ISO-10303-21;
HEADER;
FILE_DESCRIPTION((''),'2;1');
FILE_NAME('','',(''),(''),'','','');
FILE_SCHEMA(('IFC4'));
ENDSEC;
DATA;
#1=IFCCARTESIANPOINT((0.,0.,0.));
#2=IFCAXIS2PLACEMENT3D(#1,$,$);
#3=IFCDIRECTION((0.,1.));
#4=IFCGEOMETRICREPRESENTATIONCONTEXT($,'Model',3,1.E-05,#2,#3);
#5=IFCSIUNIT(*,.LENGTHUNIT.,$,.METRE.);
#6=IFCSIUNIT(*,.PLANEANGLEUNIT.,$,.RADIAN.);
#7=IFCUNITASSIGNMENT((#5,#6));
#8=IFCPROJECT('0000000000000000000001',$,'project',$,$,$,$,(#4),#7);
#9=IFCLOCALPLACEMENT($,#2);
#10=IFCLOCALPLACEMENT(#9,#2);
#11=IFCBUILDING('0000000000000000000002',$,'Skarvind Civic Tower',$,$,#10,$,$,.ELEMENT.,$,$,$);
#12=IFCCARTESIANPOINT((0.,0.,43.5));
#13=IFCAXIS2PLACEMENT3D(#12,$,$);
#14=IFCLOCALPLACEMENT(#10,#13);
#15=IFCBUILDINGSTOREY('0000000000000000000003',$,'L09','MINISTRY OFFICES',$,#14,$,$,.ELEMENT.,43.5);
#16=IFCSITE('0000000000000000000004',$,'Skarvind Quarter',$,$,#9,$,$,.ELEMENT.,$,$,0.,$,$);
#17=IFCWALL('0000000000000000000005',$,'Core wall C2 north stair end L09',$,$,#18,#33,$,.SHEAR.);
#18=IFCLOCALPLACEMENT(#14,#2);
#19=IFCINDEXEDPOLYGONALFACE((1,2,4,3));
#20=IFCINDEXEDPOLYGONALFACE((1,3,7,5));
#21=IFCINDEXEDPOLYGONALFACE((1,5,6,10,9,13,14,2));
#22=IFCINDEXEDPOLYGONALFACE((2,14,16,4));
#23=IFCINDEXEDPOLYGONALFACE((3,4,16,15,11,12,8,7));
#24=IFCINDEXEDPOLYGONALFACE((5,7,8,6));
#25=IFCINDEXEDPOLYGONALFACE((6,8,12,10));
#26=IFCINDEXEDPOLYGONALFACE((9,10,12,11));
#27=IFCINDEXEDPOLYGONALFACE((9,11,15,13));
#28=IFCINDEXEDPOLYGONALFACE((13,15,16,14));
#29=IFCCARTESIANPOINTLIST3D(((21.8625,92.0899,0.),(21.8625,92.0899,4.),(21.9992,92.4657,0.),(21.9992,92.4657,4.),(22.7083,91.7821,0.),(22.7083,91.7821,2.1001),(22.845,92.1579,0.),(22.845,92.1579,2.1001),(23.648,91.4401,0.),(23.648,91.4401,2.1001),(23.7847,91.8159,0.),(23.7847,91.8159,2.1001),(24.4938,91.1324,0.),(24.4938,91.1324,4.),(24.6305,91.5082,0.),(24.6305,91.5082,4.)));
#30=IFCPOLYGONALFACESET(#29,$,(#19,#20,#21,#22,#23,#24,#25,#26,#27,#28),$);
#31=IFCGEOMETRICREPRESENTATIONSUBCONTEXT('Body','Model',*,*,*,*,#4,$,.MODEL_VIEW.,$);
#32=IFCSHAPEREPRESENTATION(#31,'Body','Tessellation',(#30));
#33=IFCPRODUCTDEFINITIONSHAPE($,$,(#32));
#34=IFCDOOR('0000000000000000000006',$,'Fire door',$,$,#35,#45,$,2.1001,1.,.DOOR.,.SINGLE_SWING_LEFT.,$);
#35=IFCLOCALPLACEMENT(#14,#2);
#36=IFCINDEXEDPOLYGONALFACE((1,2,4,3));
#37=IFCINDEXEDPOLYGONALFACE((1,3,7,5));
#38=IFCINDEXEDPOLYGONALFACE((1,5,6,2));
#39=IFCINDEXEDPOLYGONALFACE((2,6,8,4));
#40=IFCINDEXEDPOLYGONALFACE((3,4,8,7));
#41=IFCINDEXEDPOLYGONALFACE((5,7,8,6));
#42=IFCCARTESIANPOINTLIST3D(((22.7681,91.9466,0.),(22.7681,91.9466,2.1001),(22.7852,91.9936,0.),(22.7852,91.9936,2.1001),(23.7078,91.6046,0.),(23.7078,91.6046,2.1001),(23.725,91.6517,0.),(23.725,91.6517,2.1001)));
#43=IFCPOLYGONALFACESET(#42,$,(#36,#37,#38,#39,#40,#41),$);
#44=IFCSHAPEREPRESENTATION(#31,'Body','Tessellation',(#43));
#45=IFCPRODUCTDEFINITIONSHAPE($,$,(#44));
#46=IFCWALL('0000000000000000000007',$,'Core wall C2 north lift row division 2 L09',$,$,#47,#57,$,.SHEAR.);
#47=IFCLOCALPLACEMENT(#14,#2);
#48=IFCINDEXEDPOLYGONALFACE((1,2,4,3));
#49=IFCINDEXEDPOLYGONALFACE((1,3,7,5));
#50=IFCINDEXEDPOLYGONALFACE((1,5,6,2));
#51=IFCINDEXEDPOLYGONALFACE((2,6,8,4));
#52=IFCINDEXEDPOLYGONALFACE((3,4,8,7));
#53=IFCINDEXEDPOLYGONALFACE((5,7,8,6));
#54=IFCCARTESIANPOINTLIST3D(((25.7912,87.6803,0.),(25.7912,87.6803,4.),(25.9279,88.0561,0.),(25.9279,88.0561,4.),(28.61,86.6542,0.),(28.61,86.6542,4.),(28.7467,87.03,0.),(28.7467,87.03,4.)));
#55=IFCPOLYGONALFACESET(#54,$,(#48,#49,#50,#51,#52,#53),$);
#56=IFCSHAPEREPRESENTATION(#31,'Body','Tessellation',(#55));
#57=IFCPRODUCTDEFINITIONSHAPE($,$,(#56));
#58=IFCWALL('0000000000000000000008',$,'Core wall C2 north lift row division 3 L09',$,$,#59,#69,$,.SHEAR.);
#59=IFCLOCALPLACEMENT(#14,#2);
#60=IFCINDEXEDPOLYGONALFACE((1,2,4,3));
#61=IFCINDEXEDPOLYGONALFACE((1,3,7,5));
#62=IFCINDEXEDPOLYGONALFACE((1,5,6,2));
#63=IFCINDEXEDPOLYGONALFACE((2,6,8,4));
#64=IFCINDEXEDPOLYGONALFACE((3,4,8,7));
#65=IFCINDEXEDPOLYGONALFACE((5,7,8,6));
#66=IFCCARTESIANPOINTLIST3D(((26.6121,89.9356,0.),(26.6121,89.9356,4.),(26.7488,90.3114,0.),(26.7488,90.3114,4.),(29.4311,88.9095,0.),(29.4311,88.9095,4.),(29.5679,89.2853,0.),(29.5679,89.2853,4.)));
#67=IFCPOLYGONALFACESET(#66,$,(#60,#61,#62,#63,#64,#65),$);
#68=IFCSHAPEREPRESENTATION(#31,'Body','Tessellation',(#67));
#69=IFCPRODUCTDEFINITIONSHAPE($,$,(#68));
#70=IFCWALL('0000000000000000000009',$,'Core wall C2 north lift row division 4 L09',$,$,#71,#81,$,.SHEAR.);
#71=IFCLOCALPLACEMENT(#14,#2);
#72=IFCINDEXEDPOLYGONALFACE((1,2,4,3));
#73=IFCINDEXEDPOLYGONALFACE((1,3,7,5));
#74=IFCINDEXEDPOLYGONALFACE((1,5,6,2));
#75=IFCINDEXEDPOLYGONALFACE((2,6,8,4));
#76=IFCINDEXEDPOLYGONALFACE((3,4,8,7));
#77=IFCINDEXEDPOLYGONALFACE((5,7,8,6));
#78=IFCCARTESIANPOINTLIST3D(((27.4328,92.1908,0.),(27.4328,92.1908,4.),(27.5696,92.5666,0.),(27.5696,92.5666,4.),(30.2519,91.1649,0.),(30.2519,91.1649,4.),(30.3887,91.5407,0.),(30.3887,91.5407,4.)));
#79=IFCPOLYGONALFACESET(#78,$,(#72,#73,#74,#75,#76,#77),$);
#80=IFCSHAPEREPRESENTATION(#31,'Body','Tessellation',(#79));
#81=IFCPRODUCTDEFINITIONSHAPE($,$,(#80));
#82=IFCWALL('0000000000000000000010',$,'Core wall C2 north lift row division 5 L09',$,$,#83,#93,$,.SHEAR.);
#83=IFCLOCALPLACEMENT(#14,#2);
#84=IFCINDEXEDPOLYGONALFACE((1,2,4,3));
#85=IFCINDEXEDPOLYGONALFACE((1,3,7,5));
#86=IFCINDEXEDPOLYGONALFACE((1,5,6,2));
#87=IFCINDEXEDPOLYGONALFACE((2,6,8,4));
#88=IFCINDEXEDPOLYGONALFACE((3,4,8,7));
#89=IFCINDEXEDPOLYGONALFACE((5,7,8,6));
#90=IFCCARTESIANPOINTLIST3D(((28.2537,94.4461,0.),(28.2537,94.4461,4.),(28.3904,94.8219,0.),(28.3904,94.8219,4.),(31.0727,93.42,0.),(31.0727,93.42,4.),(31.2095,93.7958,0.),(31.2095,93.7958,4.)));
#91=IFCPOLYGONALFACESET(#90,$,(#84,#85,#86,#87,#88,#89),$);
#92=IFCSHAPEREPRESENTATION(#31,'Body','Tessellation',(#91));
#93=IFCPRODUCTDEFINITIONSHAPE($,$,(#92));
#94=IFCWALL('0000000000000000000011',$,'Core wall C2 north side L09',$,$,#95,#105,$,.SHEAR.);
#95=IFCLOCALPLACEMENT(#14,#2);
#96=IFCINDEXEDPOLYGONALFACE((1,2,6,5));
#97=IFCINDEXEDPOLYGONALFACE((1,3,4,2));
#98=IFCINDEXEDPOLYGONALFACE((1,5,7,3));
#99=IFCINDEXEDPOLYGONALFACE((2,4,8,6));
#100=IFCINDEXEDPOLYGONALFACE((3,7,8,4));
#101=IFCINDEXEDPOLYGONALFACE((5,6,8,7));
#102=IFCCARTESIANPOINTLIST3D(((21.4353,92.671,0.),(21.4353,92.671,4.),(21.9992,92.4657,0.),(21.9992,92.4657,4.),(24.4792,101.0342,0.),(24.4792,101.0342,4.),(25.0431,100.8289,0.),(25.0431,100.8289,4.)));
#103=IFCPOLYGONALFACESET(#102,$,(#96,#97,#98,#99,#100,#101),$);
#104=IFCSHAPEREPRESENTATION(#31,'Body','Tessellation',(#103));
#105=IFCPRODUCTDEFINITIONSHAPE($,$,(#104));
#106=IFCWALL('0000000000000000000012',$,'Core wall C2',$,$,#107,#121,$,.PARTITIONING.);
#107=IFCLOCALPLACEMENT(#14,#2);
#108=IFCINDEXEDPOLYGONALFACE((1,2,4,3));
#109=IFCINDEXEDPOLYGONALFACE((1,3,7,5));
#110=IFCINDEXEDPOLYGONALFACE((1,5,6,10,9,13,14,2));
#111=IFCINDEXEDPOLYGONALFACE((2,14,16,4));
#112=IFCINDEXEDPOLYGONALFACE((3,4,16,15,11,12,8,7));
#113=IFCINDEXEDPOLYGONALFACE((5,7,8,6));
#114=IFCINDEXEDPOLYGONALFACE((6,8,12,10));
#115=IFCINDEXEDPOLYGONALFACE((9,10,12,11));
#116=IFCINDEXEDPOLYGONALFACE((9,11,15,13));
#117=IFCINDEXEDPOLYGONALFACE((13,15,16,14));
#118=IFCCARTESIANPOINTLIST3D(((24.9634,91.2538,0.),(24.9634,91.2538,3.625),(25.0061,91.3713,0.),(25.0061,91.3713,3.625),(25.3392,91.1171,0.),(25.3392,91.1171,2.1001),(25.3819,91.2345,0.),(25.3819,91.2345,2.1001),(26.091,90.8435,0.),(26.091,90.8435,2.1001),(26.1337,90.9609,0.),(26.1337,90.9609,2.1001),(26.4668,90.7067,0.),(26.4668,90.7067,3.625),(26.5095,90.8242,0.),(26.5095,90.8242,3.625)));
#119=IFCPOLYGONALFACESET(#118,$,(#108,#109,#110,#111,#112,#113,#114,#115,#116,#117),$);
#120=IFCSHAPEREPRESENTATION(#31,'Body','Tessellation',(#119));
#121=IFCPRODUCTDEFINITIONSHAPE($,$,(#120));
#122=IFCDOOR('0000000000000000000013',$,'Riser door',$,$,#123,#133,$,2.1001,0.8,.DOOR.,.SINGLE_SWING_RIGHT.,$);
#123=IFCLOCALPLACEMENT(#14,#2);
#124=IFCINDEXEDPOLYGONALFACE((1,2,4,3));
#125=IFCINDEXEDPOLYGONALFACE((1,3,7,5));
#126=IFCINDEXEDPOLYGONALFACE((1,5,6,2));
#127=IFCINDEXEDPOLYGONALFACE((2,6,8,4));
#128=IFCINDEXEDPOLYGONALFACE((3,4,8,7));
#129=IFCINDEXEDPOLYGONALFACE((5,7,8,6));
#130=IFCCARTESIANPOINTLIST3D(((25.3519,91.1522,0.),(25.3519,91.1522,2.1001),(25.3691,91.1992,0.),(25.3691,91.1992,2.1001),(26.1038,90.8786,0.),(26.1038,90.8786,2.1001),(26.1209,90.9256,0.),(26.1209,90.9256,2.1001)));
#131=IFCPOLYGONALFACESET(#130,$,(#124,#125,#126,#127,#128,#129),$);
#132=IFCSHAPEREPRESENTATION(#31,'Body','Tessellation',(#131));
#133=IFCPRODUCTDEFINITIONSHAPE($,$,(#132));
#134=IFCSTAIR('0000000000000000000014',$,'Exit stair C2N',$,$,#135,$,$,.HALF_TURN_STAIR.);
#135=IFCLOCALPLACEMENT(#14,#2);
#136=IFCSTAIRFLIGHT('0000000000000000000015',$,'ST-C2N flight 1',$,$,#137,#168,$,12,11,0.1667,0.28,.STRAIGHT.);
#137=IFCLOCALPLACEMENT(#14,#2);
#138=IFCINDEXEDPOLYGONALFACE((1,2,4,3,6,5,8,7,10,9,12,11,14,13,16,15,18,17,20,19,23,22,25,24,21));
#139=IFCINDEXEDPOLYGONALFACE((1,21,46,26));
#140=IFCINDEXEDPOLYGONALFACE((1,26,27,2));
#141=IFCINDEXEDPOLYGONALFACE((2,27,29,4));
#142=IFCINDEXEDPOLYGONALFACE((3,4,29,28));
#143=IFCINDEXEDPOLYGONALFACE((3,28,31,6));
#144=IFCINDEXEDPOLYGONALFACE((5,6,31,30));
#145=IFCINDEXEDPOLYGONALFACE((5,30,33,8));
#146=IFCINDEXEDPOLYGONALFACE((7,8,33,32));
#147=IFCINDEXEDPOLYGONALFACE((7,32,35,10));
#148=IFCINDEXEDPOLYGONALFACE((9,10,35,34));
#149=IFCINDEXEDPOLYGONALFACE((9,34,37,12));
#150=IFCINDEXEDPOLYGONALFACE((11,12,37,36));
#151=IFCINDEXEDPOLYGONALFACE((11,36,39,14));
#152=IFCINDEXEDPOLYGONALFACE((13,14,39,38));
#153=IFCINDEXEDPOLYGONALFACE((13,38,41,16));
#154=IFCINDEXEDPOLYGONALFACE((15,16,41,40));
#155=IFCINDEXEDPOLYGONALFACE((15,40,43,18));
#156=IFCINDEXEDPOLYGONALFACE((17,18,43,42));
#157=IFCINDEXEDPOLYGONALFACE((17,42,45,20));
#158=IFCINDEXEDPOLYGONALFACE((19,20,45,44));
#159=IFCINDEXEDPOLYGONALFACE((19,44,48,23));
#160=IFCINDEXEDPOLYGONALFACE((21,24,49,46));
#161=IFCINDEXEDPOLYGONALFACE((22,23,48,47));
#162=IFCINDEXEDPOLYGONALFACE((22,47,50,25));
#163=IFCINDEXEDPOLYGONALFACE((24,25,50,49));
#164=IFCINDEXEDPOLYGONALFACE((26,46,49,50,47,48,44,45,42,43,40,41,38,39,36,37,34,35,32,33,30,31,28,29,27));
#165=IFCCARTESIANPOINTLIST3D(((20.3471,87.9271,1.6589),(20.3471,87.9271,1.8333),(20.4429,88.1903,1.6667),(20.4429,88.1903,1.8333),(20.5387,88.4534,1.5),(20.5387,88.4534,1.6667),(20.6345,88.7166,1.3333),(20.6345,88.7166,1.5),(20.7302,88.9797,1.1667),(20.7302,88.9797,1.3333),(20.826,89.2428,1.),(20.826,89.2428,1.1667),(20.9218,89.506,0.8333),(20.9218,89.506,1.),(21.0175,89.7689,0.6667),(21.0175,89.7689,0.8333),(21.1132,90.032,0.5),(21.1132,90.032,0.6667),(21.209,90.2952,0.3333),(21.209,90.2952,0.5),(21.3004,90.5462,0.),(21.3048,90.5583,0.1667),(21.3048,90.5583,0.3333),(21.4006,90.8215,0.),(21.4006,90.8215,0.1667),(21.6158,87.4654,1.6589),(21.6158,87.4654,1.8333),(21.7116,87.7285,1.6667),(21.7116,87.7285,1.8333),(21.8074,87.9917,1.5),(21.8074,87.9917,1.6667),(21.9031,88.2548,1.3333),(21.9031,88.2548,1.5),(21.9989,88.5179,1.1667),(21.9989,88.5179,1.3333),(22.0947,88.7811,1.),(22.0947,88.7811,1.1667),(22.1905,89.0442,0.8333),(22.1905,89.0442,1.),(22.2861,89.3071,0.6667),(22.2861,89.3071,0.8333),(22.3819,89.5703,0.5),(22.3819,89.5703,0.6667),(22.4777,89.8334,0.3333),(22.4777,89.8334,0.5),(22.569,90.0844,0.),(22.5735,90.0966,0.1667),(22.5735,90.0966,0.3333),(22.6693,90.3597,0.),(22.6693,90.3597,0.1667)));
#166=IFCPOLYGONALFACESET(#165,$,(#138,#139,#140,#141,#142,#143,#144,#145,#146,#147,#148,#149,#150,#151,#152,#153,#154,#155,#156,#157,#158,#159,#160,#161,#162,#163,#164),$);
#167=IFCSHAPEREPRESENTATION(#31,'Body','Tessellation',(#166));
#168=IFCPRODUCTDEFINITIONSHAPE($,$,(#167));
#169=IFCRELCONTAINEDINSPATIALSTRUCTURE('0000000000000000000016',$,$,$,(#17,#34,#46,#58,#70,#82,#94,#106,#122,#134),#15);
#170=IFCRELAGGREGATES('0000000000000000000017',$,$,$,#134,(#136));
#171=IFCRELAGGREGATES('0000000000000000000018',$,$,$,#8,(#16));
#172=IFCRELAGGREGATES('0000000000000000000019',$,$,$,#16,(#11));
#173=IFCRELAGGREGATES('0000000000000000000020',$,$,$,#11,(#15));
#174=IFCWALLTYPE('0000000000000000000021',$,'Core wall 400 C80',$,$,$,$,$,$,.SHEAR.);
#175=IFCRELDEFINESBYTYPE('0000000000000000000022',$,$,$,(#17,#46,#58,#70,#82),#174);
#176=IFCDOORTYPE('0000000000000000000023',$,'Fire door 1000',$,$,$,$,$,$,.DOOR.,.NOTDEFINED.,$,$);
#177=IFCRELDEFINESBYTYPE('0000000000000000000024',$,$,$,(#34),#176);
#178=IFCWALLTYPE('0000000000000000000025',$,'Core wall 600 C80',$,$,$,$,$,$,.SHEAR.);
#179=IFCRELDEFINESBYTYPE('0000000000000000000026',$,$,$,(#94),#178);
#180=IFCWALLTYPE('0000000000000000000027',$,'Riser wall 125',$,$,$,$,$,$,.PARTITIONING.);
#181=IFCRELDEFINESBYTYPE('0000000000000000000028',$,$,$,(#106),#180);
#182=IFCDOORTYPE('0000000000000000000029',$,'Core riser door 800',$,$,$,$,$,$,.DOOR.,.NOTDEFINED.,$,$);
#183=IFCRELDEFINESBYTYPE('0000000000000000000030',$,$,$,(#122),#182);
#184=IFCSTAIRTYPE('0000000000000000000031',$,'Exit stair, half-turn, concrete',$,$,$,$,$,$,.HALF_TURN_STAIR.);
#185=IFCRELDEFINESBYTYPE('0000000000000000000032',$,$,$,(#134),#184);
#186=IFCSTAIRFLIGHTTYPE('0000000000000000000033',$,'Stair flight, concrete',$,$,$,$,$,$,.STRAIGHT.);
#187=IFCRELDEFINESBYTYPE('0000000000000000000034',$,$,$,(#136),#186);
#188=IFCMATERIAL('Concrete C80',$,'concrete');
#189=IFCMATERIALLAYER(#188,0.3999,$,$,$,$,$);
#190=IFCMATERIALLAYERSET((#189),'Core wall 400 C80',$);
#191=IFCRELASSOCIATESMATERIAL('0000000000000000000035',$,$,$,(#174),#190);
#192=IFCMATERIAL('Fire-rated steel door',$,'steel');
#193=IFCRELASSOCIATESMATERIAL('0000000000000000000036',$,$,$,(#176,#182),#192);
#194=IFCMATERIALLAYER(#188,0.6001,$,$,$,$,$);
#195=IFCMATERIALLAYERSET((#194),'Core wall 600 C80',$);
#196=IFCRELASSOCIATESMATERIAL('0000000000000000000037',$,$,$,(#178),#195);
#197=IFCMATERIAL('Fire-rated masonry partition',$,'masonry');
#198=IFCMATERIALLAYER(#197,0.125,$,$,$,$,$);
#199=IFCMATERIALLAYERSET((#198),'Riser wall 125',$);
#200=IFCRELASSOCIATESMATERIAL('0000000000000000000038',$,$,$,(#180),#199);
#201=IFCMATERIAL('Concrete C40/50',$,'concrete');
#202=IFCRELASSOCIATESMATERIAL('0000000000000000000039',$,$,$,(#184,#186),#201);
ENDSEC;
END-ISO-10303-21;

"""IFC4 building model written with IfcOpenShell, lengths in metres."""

from ifc_helpers import new_model, si_unit, direction, frame, frame_2d, origin, place, context, subcontext, project, spatial, polyline, rectangle, outline, extrude, material, layer, layer_set, type_object, element, fill, aggregate, save


model = new_model("IFC4")

# Units and contexts
model_context = context("Model", 3, precision=1e-05, world=origin(), true_north=direction((0.0, 1.0)))
body_context = subcontext(model_context, "Body", "Model", "MODEL_VIEW")
ifc_project = project(units=[si_unit("LENGTHUNIT", "METRE"), si_unit("PLANEANGLEUNIT", "RADIAN")], contexts=[model_context])

# Site, building, storey
site_placement = place(None, origin())
site = spatial("IfcSite", under=ifc_project, at=site_placement, Name="Skarvind Quarter", CompositionType="ELEMENT", RefElevation=0.0)
building_placement = place(site_placement, origin())
building = spatial("IfcBuilding", under=site, at=building_placement, Name="Skarvind Civic Tower", CompositionType="ELEMENT")
storey_placement = place(building_placement, frame((0.0, 0.0, 43.5)))
storey = spatial("IfcBuildingStorey", under=building, at=storey_placement, Name="L09", Description="MINISTRY OFFICES", CompositionType="ELEMENT", Elevation=43.5)

# Wall, opening, door
ifc_material_1 = material(Name="Concrete C80", Category="concrete")
ifc_layer_1 = layer(ifc_material_1, 0.3999)
ifc_layer_set_1 = layer_set([ifc_layer_1], Name="Core wall 400 C80")
wall_type_1 = type_object("IfcWallType", Name="Core wall 400 C80", PredefinedType="SHEAR", material=ifc_layer_set_1)
wall_1_placement = place(storey_placement, frame((24.562, 91.3203, 0.0), z_axis=(0.0, 0.0, 1.0), x_axis=(-0.939717, 0.341953, 0.0)))
wall_1 = element("IfcWall", 1, at=wall_1_placement, inside=storey, type_object=wall_type_1, Name="Core wall C2 north stair end L09", PredefinedType="SHEAR", context=body_context, shape_type="SweptSolid", body=[
    extrude(rectangle(XDim=2.8, YDim=0.3999, at=frame_2d((1.3999, 0.0))), origin(), (0.0, 0.0, 1.0), 4.0),
])
opening_1_placement = place(wall_1_placement, frame((0.8999, 0.0, 0.0)))
opening_1 = element("IfcOpeningElement", 2, at=opening_1_placement, cuts=wall_1, PredefinedType="OPENING", context=body_context, shape_type="SweptSolid", body=[
    extrude(rectangle(XDim=1.0, YDim=2.1001, at=frame_2d((0.5, 1.05))), frame((0.0, 0.21, 0.0), z_axis=(0.0, -1.0, 0.0), x_axis=(1.0, 0.0, 0.0)), (0.0, 0.0, 1.0), 0.4199),
])
ifc_material_2 = material(Name="Fire-rated steel door", Category="steel")
door_type_1 = type_object("IfcDoorType", Name="Fire door 1000", OperationType="NOTDEFINED", PredefinedType="DOOR", material=ifc_material_2)
door_1_placement = place(opening_1_placement, origin())
door_1 = element("IfcDoor", 3, at=door_1_placement, inside=storey, type_object=door_type_1, Name="Fire door", OperationType="SINGLE_SWING_LEFT", OverallHeight=2.1001, OverallWidth=1.0, PredefinedType="DOOR", context=body_context, shape_type="SweptSolid", body=[
    extrude(rectangle(XDim=1.0, YDim=2.1001, at=frame_2d((0.5, 1.05))), frame((0.0, 0.0249, 0.0), z_axis=(0.0, -1.0, 0.0), x_axis=(1.0, 0.0, 0.0)), (0.0, 0.0, 1.0), 0.05),
])
fill(opening_1, door_1)

# Walls
wall_2_placement = place(storey_placement, frame((28.6785, 86.842, 0.0), z_axis=(0.0, 0.0, 1.0), x_axis=(-0.939677, 0.342063, 0.0)))
element("IfcWall", 4, at=wall_2_placement, inside=storey, type_object=wall_type_1, Name="Core wall C2 north lift row division 2 L09", PredefinedType="SHEAR", context=body_context, shape_type="SweptSolid", body=[
    extrude(rectangle(XDim=2.9998, YDim=0.3999, at=frame_2d((1.5, 0.0))), origin(), (0.0, 0.0, 1.0), 4.0),
])
for number, where, z_axis, x_axis, name in (
    (5, (29.4995, 89.0974, 0.0), (0.0, 0.0, 1.0), (-0.939686, 0.342037, 0.0), "Core wall C2 north lift row division 3 L09"),
    (6, (30.3203, 91.3528, 0.0), (0.0, 0.0, 1.0), (-0.939713, 0.341965, 0.0), "Core wall C2 north lift row division 4 L09"),
    (7, (31.1411, 93.6079, 0.0), (0.0, 0.0, 1.0), (-0.939686, 0.342037, 0.0), "Core wall C2 north lift row division 5 L09"),
):
    element("IfcWall", number, at=place(storey_placement, frame(where, z_axis=z_axis, x_axis=x_axis)), inside=storey, type_object=wall_type_1, Name=name, PredefinedType="SHEAR", context=body_context, shape_type="SweptSolid", body=[
        extrude(rectangle(XDim=3.0, YDim=0.3999, at=frame_2d((1.5, 0.0))), origin(), (0.0, 0.0, 1.0), 4.0),
    ])
ifc_layer_2 = layer(ifc_material_1, 0.6001)
ifc_layer_set_2 = layer_set([ifc_layer_2], Name="Core wall 600 C80")
wall_type_2 = type_object("IfcWallType", Name="Core wall 600 C80", PredefinedType="SHEAR", material=ifc_layer_set_2)
wall_3_placement = place(storey_placement, frame((21.7173, 92.5684, 0.0), z_axis=(0.0, 0.0, 1.0), x_axis=(0.342016, 0.939694, 0.0)))
element("IfcWall", 8, at=wall_3_placement, inside=storey, type_object=wall_type_2, Name="Core wall C2 north side L09", PredefinedType="SHEAR", context=body_context, shape_type="SweptSolid", body=[
    extrude(rectangle(XDim=8.8999, YDim=0.6001, at=frame_2d((4.45, 0.0))), origin(), (0.0, 0.0, 1.0), 4.0),
])

# Wall, opening, door
ifc_material_3 = material(Name="Fire-rated masonry partition", Category="masonry")
ifc_layer_3 = layer(ifc_material_3, 0.125)
ifc_layer_set_3 = layer_set([ifc_layer_3], Name="Riser wall 125")
wall_type_3 = type_object("IfcWallType", Name="Riser wall 125", PredefinedType="PARTITIONING", material=ifc_layer_set_3)
wall_4_placement = place(storey_placement, frame((24.9849, 91.3125, 0.0), z_axis=(0.0, 0.0, 1.0), x_axis=(0.939709, -0.341976, 0.0)))
wall_4 = element("IfcWall", 9, at=wall_4_placement, inside=storey, type_object=wall_type_3, Name="Core wall C2", PredefinedType="PARTITIONING", context=body_context, shape_type="SweptSolid", body=[
    extrude(rectangle(XDim=1.5999, YDim=0.125, at=frame_2d((0.7998, 0.0))), origin(), (0.0, 0.0, 1.0), 3.625),
])
opening_2_placement = place(wall_4_placement, frame((0.3999, 0.0, 0.0)))
opening_2 = element("IfcOpeningElement", 10, at=opening_2_placement, cuts=wall_4, PredefinedType="OPENING", context=body_context, shape_type="SweptSolid", body=[
    extrude(rectangle(XDim=0.8, YDim=2.1001, at=frame_2d((0.3999, 1.05))), frame((0.0, 0.0725, 0.0), z_axis=(0.0, -1.0, 0.0), x_axis=(1.0, 0.0, 0.0)), (0.0, 0.0, 1.0), 0.145),
])
door_type_2 = type_object("IfcDoorType", Name="Core riser door 800", OperationType="NOTDEFINED", PredefinedType="DOOR", material=ifc_material_2)
door_2_placement = place(opening_2_placement, origin())
door_2 = element("IfcDoor", 11, at=door_2_placement, inside=storey, type_object=door_type_2, Name="Riser door", OperationType="SINGLE_SWING_RIGHT", OverallHeight=2.1001, OverallWidth=0.8, PredefinedType="DOOR", context=body_context, shape_type="SweptSolid", body=[
    extrude(rectangle(XDim=0.8, YDim=2.1001, at=frame_2d((0.3999, 1.05))), frame((0.0, 0.0249, 0.0), z_axis=(0.0, -1.0, 0.0), x_axis=(1.0, 0.0, 0.0)), (0.0, 0.0, 1.0), 0.05),
])
fill(opening_2, door_2)

# Stair, stair flight
ifc_material_4 = material(Name="Concrete C40/50", Category="concrete")
stair_type = type_object("IfcStairType", Name="Exit stair, half-turn, concrete", PredefinedType="HALF_TURN_STAIR", material=ifc_material_4)
stair_placement = place(storey_placement, origin())
stair = element("IfcStair", 12, at=stair_placement, inside=storey, type_object=stair_type, Name="Exit stair C2N", PredefinedType="HALF_TURN_STAIR")
stair_flight_type = type_object("IfcStairFlightType", Name="Stair flight, concrete", PredefinedType="STRAIGHT", material=ifc_material_4)
stair_flight_1_placement = place(storey_placement, frame((22.0349, 90.5906, 0.0), z_axis=(0.0, 0.0, 1.0), x_axis=(-0.34202, -0.939693, 0.0)))
stair_flight_1 = element("IfcStairFlight", 13, at=stair_flight_1_placement, type_object=stair_flight_type, Name="ST-C2N flight 1", NumberOfRisers=12, NumberOfTreads=11, PredefinedType="STRAIGHT", RiserHeight=0.1667, TreadLength=0.28, context=body_context, shape_type="SweptSolid", body=[
    extrude(outline(polyline([(0.0, 0.0), (0.0, 0.1667), (0.28, 0.1667), (0.28, 0.3333), (0.5601, 0.3333), (0.5601, 0.5), (0.8401, 0.5), (0.8401, 0.6667), (1.1201, 0.6667), (1.1201, 0.8333), (1.3999, 0.8333), (1.3999, 1.0), (1.6799, 1.0), (1.6799, 1.1667), (1.96, 1.1667), (1.96, 1.3333), (2.24, 1.3333), (2.24, 1.5), (2.52, 1.5), (2.52, 1.6667), (2.8, 1.6667), (2.8, 1.8333), (3.0801, 1.8333), (3.0801, 2.0), (3.0801, 1.6589), (0.293, 0.0), (0.0, 0.0)])), frame((0.0, 0.675, 0.0), z_axis=(0.0, -1.0, 0.0), x_axis=(1.0, 0.0, 0.0)), (0.0, 0.0, 1.0), 1.3501),
])
aggregate(stair, [stair_flight_1])

save(model, "model.ifc")
